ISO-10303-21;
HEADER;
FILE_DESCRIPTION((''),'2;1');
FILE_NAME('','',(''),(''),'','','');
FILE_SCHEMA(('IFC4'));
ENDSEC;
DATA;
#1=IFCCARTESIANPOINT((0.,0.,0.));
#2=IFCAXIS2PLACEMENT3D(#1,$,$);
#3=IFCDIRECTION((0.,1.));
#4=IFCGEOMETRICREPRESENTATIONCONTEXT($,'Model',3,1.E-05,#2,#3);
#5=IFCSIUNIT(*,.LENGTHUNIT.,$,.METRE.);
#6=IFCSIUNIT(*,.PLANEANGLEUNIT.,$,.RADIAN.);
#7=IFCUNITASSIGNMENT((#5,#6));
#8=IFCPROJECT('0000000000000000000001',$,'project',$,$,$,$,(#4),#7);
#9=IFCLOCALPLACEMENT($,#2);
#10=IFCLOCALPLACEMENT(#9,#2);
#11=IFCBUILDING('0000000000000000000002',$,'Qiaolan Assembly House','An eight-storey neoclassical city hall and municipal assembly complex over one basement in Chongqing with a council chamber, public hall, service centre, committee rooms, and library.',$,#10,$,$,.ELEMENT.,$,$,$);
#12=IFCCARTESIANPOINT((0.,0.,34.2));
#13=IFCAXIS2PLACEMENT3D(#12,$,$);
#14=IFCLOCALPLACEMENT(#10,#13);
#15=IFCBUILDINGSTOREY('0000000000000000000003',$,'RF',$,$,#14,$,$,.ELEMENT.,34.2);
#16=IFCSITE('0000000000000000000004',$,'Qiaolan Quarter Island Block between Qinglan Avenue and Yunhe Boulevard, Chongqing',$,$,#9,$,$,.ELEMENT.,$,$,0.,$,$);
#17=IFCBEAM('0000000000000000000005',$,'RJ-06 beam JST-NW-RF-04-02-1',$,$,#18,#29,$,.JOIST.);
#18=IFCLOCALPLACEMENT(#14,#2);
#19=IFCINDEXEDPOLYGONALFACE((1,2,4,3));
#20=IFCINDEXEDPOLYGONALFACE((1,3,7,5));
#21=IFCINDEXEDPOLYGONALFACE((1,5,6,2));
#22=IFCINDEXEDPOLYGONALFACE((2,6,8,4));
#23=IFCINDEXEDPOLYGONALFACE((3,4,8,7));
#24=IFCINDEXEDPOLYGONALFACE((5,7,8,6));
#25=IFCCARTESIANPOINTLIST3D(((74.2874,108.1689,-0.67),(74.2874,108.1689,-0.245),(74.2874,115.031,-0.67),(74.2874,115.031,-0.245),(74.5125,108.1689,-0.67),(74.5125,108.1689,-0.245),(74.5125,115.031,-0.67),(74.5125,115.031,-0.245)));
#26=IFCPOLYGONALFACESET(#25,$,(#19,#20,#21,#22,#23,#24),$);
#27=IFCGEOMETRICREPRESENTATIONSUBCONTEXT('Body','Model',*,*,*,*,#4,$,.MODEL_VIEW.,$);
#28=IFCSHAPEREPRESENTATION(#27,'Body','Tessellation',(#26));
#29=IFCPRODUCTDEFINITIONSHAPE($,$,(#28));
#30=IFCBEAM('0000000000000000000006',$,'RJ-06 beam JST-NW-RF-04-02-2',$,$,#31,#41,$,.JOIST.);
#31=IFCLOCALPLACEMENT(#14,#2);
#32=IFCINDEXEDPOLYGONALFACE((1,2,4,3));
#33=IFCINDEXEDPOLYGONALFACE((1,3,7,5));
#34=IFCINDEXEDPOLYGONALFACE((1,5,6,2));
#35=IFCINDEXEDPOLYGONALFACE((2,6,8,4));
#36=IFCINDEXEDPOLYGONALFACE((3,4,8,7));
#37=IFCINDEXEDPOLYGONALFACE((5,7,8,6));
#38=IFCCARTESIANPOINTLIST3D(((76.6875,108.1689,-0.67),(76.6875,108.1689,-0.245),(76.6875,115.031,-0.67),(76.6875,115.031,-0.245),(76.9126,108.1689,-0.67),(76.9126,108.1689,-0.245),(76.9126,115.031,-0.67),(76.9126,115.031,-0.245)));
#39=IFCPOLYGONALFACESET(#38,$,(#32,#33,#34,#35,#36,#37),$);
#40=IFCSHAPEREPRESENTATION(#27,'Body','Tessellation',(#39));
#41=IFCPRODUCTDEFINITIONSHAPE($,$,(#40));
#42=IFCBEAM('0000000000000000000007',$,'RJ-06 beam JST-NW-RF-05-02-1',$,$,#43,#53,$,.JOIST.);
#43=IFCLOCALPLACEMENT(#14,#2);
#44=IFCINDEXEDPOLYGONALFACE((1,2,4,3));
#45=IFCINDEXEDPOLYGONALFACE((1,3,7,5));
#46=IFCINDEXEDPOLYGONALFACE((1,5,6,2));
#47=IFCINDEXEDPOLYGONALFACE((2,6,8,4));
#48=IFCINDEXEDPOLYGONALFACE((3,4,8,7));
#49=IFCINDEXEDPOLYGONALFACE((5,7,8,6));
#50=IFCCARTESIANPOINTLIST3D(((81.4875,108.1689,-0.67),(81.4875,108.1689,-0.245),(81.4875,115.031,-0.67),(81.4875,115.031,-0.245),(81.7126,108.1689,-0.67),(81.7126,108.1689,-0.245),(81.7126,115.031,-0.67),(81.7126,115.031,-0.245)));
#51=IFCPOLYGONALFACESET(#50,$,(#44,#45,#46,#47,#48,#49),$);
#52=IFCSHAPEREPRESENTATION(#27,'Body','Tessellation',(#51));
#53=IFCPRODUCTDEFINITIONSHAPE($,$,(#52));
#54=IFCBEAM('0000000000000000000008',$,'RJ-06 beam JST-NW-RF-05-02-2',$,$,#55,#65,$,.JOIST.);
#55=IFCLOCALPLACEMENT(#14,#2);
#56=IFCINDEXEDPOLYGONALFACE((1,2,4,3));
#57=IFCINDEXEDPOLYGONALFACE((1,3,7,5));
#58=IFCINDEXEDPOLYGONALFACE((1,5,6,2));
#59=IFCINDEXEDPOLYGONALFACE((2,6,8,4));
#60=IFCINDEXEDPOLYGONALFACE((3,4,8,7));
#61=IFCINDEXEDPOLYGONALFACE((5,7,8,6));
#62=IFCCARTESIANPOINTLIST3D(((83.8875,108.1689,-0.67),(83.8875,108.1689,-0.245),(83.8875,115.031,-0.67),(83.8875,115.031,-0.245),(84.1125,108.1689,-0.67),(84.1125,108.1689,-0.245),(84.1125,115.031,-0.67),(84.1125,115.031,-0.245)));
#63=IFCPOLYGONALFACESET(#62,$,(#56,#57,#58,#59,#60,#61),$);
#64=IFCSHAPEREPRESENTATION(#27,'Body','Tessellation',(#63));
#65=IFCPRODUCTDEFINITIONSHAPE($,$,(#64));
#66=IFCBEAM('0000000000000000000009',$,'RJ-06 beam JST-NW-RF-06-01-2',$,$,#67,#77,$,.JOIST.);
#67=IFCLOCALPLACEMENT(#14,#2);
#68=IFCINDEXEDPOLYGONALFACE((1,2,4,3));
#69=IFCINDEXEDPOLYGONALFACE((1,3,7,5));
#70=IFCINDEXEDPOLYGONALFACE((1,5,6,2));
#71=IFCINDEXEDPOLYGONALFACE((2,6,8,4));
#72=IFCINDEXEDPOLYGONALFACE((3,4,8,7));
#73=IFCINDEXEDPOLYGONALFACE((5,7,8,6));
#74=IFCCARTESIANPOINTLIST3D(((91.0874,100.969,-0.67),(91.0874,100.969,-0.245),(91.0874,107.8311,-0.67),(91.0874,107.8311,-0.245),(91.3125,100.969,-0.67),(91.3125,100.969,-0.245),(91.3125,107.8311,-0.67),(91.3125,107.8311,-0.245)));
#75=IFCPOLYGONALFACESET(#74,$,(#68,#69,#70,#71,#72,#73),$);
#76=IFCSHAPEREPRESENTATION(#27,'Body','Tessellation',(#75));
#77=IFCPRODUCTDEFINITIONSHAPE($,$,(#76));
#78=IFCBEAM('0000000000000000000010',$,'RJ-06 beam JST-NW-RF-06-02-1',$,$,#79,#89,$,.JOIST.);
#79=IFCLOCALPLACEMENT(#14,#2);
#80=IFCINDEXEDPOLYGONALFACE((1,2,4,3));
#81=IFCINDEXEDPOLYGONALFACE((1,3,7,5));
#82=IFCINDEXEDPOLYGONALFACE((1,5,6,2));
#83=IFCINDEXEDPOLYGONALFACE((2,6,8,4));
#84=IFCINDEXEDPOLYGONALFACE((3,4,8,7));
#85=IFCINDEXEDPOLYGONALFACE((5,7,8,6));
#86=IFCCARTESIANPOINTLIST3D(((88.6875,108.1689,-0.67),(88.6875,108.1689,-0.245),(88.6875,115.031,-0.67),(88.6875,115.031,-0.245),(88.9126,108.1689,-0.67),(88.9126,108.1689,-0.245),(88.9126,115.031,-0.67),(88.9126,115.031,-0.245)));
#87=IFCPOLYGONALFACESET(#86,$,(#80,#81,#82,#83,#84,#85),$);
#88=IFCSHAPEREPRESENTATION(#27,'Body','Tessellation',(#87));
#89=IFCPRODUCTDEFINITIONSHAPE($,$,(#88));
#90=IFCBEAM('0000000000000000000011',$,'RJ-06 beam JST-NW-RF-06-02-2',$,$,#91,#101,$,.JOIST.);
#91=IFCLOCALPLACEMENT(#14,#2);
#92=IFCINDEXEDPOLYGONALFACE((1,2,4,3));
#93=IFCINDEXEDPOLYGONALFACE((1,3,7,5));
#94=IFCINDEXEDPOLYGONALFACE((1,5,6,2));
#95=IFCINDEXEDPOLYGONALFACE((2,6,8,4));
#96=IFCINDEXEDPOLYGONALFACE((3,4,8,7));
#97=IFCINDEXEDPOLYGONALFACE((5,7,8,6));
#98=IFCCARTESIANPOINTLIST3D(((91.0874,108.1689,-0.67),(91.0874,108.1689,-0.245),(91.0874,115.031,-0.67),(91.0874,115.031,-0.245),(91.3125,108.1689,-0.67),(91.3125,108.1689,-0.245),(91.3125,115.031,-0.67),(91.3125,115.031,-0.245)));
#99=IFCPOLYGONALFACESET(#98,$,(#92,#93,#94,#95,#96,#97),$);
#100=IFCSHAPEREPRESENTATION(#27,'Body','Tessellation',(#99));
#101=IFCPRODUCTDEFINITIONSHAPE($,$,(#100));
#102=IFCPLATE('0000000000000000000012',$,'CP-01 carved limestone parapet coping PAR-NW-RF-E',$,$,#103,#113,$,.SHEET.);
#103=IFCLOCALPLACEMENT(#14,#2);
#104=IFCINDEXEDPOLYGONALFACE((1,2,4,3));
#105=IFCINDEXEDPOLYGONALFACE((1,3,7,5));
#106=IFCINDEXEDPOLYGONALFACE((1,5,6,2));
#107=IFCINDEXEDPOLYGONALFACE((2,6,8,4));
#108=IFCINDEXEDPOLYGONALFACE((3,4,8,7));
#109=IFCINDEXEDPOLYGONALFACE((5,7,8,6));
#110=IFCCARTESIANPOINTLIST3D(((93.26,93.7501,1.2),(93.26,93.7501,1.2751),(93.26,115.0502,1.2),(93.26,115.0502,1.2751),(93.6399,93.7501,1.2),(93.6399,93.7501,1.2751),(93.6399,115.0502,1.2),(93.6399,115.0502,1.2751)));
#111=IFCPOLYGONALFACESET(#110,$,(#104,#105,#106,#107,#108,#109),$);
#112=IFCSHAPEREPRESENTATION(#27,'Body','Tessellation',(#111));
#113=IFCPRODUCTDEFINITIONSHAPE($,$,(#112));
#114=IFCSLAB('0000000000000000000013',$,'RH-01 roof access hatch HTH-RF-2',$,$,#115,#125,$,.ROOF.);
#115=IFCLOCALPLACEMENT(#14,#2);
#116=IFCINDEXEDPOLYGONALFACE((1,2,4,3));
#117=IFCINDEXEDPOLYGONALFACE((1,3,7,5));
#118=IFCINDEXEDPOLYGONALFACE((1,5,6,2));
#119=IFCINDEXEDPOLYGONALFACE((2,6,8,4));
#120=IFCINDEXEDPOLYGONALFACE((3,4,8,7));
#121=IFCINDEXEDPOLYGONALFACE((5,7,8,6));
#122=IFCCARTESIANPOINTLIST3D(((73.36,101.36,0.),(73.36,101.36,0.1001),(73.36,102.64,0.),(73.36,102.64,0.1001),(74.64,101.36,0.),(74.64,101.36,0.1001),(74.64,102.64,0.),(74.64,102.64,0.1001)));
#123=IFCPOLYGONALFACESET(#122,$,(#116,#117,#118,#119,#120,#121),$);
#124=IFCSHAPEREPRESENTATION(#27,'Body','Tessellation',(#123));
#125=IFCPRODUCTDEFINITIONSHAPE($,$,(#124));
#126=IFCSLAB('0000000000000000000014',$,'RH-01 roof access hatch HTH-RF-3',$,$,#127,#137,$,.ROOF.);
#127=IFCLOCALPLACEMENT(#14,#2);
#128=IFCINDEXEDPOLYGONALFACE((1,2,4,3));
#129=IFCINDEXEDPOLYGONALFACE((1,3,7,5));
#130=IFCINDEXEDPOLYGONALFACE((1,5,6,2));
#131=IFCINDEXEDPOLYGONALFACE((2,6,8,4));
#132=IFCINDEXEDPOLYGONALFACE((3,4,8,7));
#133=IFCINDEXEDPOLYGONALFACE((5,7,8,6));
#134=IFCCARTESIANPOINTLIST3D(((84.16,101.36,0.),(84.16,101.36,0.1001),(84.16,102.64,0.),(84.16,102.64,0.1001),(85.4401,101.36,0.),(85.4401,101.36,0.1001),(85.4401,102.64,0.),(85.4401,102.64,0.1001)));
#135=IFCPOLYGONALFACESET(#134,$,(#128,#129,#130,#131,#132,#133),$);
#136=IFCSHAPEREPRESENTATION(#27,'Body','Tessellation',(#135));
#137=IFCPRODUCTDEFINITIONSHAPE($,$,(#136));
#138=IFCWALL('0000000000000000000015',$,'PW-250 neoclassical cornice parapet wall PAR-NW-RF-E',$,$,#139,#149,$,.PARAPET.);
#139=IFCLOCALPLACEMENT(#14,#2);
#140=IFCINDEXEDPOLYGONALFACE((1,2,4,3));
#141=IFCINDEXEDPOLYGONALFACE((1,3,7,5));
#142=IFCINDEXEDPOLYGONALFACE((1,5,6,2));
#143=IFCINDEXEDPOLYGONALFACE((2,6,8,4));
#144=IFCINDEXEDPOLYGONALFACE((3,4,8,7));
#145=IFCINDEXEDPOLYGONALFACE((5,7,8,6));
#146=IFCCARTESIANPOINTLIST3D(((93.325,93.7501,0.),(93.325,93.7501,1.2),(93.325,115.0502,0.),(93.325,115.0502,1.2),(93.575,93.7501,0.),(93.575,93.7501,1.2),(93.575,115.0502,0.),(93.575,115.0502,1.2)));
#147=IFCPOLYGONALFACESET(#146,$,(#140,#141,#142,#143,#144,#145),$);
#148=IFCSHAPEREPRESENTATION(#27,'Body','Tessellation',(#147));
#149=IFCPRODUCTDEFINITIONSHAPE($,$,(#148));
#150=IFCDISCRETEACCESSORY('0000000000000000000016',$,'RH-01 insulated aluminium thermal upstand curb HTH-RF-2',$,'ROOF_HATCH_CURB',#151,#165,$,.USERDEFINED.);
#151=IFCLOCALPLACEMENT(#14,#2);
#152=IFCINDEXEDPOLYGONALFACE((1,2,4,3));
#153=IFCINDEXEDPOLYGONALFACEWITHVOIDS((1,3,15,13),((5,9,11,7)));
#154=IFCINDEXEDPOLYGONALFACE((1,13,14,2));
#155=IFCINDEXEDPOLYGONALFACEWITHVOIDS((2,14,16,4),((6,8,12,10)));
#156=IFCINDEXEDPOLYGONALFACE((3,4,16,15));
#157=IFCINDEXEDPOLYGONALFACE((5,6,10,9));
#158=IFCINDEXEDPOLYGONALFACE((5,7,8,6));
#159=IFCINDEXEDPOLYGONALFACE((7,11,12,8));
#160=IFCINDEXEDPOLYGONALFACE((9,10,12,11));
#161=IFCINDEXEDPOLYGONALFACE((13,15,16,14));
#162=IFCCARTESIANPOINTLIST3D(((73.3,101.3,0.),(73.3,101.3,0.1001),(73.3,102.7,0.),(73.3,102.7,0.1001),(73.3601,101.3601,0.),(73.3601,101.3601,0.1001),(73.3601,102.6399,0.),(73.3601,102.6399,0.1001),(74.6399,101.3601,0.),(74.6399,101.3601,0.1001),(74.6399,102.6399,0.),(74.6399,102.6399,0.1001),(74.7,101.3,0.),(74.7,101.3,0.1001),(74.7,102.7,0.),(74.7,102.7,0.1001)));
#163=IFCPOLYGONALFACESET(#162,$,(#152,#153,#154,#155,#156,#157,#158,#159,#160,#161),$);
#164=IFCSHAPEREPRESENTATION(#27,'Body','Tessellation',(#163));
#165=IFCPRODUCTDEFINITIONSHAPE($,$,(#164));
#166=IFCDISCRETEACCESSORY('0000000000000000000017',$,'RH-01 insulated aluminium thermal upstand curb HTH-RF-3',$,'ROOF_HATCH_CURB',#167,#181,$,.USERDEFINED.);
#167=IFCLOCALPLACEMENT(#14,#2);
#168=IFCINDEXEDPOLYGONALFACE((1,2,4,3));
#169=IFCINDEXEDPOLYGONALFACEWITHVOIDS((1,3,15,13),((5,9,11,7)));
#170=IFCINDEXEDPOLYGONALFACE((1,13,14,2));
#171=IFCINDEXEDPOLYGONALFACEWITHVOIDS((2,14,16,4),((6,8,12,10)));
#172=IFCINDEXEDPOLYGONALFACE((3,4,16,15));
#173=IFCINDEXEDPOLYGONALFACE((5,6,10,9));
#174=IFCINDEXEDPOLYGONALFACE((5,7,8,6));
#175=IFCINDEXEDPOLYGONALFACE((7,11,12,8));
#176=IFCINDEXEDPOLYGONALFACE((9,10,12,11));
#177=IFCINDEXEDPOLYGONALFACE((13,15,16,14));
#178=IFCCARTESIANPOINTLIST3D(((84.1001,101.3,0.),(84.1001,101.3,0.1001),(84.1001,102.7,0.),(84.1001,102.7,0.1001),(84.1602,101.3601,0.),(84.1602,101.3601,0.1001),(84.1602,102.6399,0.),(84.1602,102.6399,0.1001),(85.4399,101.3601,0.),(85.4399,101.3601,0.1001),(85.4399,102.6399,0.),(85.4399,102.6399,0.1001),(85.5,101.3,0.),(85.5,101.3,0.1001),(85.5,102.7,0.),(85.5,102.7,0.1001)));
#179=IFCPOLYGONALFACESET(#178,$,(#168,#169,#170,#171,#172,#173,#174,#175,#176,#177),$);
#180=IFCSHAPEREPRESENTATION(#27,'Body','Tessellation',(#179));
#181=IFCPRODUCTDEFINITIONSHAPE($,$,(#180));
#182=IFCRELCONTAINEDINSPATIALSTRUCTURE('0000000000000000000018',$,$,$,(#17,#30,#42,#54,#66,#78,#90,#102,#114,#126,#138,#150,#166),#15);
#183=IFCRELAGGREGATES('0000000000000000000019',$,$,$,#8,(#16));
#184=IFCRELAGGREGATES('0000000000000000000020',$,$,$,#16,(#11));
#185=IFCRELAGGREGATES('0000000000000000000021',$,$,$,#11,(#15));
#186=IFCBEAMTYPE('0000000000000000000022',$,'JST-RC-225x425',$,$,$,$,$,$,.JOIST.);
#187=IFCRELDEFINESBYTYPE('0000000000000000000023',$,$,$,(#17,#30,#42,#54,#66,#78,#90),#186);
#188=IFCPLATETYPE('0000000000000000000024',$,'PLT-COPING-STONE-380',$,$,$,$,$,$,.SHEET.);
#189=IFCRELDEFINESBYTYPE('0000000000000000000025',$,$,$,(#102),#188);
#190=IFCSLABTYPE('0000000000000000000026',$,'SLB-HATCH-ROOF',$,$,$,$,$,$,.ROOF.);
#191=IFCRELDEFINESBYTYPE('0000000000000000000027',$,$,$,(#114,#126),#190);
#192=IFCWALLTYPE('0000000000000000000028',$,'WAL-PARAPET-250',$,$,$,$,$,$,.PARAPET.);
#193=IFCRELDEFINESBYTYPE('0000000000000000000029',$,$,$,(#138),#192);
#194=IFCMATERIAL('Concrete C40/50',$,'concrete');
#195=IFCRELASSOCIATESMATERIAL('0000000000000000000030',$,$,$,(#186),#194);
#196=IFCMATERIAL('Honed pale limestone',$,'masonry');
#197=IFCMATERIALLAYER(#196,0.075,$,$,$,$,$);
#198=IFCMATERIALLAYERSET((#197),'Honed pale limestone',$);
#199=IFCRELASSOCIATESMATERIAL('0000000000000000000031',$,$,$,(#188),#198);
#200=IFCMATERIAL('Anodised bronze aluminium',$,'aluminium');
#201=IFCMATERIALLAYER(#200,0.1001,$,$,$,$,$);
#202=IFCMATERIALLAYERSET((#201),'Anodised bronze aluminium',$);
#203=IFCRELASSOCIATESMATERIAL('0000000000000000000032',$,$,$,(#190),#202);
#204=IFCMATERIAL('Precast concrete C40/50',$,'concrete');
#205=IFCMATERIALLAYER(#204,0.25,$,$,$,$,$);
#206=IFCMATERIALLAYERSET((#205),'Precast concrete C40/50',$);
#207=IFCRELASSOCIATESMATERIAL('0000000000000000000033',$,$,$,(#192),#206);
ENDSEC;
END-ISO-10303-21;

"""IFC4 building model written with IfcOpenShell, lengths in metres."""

from ifc_helpers import new_model, si_unit, direction, frame, frame_2d, origin, origin_2d, place, context, subcontext, project, spatial, polyline, rectangle, outline, extrude, material, layer, layer_set, material_profile, profile_set, type_object, element, save


model = new_model("IFC4")

# Units and contexts
model_context = context("Model", 3, precision=1e-05, world=origin(), true_north=direction((0.0, 1.0)))
body_context = subcontext(model_context, "Body", "Model", "MODEL_VIEW")
ifc_project = project(units=[si_unit("LENGTHUNIT", "METRE"), si_unit("PLANEANGLEUNIT", "RADIAN")], contexts=[model_context])

# Site, building, storey
site_placement = place(None, origin())
site = spatial("IfcSite", under=ifc_project, at=site_placement, Name="Qiaolan Quarter Island Block between Qinglan Avenue and Yunhe Boulevard, Chongqing", CompositionType="ELEMENT", RefElevation=0.0)
building_placement = place(site_placement, origin())
building = spatial("IfcBuilding", under=site, at=building_placement, Name="Qiaolan Assembly House", Description="An eight-storey neoclassical city hall and municipal assembly complex over one basement in Chongqing with a council chamber, public hall, service centre, committee rooms, and library.", CompositionType="ELEMENT")
storey_placement = place(building_placement, frame((0.0, 0.0, 34.2)))
storey = spatial("IfcBuildingStorey", under=building, at=storey_placement, Name="RF", CompositionType="ELEMENT", Elevation=34.2)

# Beams
ifc_material_1 = material(Name="Concrete C40/50", Category="concrete")
ifc_material_profile_1 = material_profile(ifc_material_1, rectangle(XDim=0.2251, YDim=0.425, at=origin_2d()), Name="RCB 225x425")
ifc_profile_set_1 = profile_set([ifc_material_profile_1], Name="Concrete C40/50")
beam_type_1 = type_object("IfcBeamType", Name="JST-RC-225x425", PredefinedType="JOIST", material=ifc_profile_set_1)
for number, where, z_axis, x_axis, name in (
    (1, (74.3999, 108.1689, -0.4575), (0.0, 1.0, 0.0), (-1.0, 0.0, 0.0), "RJ-06 beam JST-NW-RF-04-02-1"),
    (2, (76.8, 108.1689, -0.4575), (0.0, 1.0, 0.0), (-1.0, 0.0, 0.0), "RJ-06 beam JST-NW-RF-04-02-2"),
    (3, (81.6001, 108.1689, -0.4575), (0.0, 1.0, 0.0), (-1.0, 0.0, 0.0), "RJ-06 beam JST-NW-RF-05-02-1"),
    (4, (84.0, 108.1689, -0.4575), (0.0, 1.0, 0.0), (-1.0, 0.0, 0.0), "RJ-06 beam JST-NW-RF-05-02-2"),
    (5, (91.2, 100.969, -0.4575), (0.0, 1.0, 0.0), (-1.0, 0.0, 0.0), "RJ-06 beam JST-NW-RF-06-01-2"),
    (6, (88.8, 108.1689, -0.4575), (0.0, 1.0, 0.0), (-1.0, 0.0, 0.0), "RJ-06 beam JST-NW-RF-06-02-1"),
    (7, (91.2, 108.1689, -0.4575), (0.0, 1.0, 0.0), (-1.0, 0.0, 0.0), "RJ-06 beam JST-NW-RF-06-02-2"),
):
    element("IfcBeam", number, at=place(storey_placement, frame(where, z_axis=z_axis, x_axis=x_axis)), inside=storey, type_object=beam_type_1, Name=name, PredefinedType="JOIST", context=body_context, shape_type="SweptSolid", body=[
        extrude(rectangle(XDim=0.2251, YDim=0.425, at=origin_2d()), origin(), (0.0, 0.0, 1.0), 6.8621),
    ])

# Plate
ifc_material_2 = material(Name="Honed pale limestone", Category="masonry")
ifc_layer_1 = layer(ifc_material_2, 0.075)
ifc_layer_set_1 = layer_set([ifc_layer_1], Name="Honed pale limestone")
plate_type = type_object("IfcPlateType", Name="PLT-COPING-STONE-380", PredefinedType="SHEET", material=ifc_layer_set_1)
plate_placement = place(storey_placement, frame((93.45, 115.05, 1.2), z_axis=(0.0, 0.0, 1.0), x_axis=(0.0, -1.0, 0.0)))
element("IfcPlate", 8, at=plate_placement, inside=storey, type_object=plate_type, Name="CP-01 carved limestone parapet coping PAR-NW-RF-E", PredefinedType="SHEET", context=body_context, shape_type="SweptSolid", body=[
    extrude(rectangle(XDim=21.3, YDim=0.3799, at=frame_2d((10.6499, 0.0))), origin(), (0.0, 0.0, 1.0), 0.0752),
])

# Slabs
ifc_material_3 = material(Name="Anodised bronze aluminium", Category="aluminium")
ifc_layer_2 = layer(ifc_material_3, 0.1001)
ifc_layer_set_2 = layer_set([ifc_layer_2], Name="Anodised bronze aluminium")
slab_type = type_object("IfcSlabType", Name="SLB-HATCH-ROOF", PredefinedType="ROOF", material=ifc_layer_set_2)
for number, where, z_axis, x_axis, name in (
    (9, (74.0, 102.0, 0.0), (0.0, 0.0, 1.0), (1.0, 0.0, 0.0), "RH-01 roof access hatch HTH-RF-2"),
    (10, (84.8, 102.0, 0.0), (0.0, 0.0, 1.0), (1.0, 0.0, 0.0), "RH-01 roof access hatch HTH-RF-3"),
):
    element("IfcSlab", number, at=place(storey_placement, frame(where, z_axis=z_axis, x_axis=x_axis)), inside=storey, type_object=slab_type, Name=name, PredefinedType="ROOF", context=body_context, shape_type="SweptSolid", body=[
        extrude(rectangle(XDim=1.28, YDim=1.28, at=origin_2d()), origin(), (0.0, 0.0, 1.0), 0.1001),
    ])

# Wall
ifc_material_4 = material(Name="Precast concrete C40/50", Category="concrete")
ifc_layer_3 = layer(ifc_material_4, 0.25)
ifc_layer_set_3 = layer_set([ifc_layer_3], Name="Precast concrete C40/50")
wall_type = type_object("IfcWallType", Name="WAL-PARAPET-250", PredefinedType="PARAPET", material=ifc_layer_set_3)
wall_placement = place(storey_placement, frame((93.45, 115.05, 0.0), z_axis=(0.0, 0.0, 1.0), x_axis=(0.0, -1.0, 0.0)))
element("IfcWall", 11, at=wall_placement, inside=storey, type_object=wall_type, Name="PW-250 neoclassical cornice parapet wall PAR-NW-RF-E", PredefinedType="PARAPET", context=body_context, shape_type="SweptSolid", body=[
    extrude(rectangle(XDim=21.3, YDim=0.25, at=frame_2d((10.6499, 0.0))), origin(), (0.0, 0.0, 1.0), 1.2),
])

# Discrete accessories
for number, where, name in (
    (12, (74.0, 102.0, 0.0), "RH-01 insulated aluminium thermal upstand curb HTH-RF-2"),
    (13, (84.8, 102.0, 0.0), "RH-01 insulated aluminium thermal upstand curb HTH-RF-3"),
):
    element("IfcDiscreteAccessory", number, at=place(storey_placement, frame(where)), inside=storey, Name=name, ObjectType="ROOF_HATCH_CURB", PredefinedType="USERDEFINED", context=body_context, shape_type="SweptSolid", body=[
        extrude(outline(polyline([(-0.7, -0.7), (0.7, -0.7), (0.7, 0.7), (-0.7, 0.7), (-0.7, -0.7)]), holes=[polyline([(-0.6399, -0.6399), (-0.6399, 0.6399), (0.6399, 0.6399), (0.6399, -0.6399), (-0.6399, -0.6399)])]), origin(), (0.0, 0.0, 1.0), 0.1001),
    ])

save(model, "model.ifc")
